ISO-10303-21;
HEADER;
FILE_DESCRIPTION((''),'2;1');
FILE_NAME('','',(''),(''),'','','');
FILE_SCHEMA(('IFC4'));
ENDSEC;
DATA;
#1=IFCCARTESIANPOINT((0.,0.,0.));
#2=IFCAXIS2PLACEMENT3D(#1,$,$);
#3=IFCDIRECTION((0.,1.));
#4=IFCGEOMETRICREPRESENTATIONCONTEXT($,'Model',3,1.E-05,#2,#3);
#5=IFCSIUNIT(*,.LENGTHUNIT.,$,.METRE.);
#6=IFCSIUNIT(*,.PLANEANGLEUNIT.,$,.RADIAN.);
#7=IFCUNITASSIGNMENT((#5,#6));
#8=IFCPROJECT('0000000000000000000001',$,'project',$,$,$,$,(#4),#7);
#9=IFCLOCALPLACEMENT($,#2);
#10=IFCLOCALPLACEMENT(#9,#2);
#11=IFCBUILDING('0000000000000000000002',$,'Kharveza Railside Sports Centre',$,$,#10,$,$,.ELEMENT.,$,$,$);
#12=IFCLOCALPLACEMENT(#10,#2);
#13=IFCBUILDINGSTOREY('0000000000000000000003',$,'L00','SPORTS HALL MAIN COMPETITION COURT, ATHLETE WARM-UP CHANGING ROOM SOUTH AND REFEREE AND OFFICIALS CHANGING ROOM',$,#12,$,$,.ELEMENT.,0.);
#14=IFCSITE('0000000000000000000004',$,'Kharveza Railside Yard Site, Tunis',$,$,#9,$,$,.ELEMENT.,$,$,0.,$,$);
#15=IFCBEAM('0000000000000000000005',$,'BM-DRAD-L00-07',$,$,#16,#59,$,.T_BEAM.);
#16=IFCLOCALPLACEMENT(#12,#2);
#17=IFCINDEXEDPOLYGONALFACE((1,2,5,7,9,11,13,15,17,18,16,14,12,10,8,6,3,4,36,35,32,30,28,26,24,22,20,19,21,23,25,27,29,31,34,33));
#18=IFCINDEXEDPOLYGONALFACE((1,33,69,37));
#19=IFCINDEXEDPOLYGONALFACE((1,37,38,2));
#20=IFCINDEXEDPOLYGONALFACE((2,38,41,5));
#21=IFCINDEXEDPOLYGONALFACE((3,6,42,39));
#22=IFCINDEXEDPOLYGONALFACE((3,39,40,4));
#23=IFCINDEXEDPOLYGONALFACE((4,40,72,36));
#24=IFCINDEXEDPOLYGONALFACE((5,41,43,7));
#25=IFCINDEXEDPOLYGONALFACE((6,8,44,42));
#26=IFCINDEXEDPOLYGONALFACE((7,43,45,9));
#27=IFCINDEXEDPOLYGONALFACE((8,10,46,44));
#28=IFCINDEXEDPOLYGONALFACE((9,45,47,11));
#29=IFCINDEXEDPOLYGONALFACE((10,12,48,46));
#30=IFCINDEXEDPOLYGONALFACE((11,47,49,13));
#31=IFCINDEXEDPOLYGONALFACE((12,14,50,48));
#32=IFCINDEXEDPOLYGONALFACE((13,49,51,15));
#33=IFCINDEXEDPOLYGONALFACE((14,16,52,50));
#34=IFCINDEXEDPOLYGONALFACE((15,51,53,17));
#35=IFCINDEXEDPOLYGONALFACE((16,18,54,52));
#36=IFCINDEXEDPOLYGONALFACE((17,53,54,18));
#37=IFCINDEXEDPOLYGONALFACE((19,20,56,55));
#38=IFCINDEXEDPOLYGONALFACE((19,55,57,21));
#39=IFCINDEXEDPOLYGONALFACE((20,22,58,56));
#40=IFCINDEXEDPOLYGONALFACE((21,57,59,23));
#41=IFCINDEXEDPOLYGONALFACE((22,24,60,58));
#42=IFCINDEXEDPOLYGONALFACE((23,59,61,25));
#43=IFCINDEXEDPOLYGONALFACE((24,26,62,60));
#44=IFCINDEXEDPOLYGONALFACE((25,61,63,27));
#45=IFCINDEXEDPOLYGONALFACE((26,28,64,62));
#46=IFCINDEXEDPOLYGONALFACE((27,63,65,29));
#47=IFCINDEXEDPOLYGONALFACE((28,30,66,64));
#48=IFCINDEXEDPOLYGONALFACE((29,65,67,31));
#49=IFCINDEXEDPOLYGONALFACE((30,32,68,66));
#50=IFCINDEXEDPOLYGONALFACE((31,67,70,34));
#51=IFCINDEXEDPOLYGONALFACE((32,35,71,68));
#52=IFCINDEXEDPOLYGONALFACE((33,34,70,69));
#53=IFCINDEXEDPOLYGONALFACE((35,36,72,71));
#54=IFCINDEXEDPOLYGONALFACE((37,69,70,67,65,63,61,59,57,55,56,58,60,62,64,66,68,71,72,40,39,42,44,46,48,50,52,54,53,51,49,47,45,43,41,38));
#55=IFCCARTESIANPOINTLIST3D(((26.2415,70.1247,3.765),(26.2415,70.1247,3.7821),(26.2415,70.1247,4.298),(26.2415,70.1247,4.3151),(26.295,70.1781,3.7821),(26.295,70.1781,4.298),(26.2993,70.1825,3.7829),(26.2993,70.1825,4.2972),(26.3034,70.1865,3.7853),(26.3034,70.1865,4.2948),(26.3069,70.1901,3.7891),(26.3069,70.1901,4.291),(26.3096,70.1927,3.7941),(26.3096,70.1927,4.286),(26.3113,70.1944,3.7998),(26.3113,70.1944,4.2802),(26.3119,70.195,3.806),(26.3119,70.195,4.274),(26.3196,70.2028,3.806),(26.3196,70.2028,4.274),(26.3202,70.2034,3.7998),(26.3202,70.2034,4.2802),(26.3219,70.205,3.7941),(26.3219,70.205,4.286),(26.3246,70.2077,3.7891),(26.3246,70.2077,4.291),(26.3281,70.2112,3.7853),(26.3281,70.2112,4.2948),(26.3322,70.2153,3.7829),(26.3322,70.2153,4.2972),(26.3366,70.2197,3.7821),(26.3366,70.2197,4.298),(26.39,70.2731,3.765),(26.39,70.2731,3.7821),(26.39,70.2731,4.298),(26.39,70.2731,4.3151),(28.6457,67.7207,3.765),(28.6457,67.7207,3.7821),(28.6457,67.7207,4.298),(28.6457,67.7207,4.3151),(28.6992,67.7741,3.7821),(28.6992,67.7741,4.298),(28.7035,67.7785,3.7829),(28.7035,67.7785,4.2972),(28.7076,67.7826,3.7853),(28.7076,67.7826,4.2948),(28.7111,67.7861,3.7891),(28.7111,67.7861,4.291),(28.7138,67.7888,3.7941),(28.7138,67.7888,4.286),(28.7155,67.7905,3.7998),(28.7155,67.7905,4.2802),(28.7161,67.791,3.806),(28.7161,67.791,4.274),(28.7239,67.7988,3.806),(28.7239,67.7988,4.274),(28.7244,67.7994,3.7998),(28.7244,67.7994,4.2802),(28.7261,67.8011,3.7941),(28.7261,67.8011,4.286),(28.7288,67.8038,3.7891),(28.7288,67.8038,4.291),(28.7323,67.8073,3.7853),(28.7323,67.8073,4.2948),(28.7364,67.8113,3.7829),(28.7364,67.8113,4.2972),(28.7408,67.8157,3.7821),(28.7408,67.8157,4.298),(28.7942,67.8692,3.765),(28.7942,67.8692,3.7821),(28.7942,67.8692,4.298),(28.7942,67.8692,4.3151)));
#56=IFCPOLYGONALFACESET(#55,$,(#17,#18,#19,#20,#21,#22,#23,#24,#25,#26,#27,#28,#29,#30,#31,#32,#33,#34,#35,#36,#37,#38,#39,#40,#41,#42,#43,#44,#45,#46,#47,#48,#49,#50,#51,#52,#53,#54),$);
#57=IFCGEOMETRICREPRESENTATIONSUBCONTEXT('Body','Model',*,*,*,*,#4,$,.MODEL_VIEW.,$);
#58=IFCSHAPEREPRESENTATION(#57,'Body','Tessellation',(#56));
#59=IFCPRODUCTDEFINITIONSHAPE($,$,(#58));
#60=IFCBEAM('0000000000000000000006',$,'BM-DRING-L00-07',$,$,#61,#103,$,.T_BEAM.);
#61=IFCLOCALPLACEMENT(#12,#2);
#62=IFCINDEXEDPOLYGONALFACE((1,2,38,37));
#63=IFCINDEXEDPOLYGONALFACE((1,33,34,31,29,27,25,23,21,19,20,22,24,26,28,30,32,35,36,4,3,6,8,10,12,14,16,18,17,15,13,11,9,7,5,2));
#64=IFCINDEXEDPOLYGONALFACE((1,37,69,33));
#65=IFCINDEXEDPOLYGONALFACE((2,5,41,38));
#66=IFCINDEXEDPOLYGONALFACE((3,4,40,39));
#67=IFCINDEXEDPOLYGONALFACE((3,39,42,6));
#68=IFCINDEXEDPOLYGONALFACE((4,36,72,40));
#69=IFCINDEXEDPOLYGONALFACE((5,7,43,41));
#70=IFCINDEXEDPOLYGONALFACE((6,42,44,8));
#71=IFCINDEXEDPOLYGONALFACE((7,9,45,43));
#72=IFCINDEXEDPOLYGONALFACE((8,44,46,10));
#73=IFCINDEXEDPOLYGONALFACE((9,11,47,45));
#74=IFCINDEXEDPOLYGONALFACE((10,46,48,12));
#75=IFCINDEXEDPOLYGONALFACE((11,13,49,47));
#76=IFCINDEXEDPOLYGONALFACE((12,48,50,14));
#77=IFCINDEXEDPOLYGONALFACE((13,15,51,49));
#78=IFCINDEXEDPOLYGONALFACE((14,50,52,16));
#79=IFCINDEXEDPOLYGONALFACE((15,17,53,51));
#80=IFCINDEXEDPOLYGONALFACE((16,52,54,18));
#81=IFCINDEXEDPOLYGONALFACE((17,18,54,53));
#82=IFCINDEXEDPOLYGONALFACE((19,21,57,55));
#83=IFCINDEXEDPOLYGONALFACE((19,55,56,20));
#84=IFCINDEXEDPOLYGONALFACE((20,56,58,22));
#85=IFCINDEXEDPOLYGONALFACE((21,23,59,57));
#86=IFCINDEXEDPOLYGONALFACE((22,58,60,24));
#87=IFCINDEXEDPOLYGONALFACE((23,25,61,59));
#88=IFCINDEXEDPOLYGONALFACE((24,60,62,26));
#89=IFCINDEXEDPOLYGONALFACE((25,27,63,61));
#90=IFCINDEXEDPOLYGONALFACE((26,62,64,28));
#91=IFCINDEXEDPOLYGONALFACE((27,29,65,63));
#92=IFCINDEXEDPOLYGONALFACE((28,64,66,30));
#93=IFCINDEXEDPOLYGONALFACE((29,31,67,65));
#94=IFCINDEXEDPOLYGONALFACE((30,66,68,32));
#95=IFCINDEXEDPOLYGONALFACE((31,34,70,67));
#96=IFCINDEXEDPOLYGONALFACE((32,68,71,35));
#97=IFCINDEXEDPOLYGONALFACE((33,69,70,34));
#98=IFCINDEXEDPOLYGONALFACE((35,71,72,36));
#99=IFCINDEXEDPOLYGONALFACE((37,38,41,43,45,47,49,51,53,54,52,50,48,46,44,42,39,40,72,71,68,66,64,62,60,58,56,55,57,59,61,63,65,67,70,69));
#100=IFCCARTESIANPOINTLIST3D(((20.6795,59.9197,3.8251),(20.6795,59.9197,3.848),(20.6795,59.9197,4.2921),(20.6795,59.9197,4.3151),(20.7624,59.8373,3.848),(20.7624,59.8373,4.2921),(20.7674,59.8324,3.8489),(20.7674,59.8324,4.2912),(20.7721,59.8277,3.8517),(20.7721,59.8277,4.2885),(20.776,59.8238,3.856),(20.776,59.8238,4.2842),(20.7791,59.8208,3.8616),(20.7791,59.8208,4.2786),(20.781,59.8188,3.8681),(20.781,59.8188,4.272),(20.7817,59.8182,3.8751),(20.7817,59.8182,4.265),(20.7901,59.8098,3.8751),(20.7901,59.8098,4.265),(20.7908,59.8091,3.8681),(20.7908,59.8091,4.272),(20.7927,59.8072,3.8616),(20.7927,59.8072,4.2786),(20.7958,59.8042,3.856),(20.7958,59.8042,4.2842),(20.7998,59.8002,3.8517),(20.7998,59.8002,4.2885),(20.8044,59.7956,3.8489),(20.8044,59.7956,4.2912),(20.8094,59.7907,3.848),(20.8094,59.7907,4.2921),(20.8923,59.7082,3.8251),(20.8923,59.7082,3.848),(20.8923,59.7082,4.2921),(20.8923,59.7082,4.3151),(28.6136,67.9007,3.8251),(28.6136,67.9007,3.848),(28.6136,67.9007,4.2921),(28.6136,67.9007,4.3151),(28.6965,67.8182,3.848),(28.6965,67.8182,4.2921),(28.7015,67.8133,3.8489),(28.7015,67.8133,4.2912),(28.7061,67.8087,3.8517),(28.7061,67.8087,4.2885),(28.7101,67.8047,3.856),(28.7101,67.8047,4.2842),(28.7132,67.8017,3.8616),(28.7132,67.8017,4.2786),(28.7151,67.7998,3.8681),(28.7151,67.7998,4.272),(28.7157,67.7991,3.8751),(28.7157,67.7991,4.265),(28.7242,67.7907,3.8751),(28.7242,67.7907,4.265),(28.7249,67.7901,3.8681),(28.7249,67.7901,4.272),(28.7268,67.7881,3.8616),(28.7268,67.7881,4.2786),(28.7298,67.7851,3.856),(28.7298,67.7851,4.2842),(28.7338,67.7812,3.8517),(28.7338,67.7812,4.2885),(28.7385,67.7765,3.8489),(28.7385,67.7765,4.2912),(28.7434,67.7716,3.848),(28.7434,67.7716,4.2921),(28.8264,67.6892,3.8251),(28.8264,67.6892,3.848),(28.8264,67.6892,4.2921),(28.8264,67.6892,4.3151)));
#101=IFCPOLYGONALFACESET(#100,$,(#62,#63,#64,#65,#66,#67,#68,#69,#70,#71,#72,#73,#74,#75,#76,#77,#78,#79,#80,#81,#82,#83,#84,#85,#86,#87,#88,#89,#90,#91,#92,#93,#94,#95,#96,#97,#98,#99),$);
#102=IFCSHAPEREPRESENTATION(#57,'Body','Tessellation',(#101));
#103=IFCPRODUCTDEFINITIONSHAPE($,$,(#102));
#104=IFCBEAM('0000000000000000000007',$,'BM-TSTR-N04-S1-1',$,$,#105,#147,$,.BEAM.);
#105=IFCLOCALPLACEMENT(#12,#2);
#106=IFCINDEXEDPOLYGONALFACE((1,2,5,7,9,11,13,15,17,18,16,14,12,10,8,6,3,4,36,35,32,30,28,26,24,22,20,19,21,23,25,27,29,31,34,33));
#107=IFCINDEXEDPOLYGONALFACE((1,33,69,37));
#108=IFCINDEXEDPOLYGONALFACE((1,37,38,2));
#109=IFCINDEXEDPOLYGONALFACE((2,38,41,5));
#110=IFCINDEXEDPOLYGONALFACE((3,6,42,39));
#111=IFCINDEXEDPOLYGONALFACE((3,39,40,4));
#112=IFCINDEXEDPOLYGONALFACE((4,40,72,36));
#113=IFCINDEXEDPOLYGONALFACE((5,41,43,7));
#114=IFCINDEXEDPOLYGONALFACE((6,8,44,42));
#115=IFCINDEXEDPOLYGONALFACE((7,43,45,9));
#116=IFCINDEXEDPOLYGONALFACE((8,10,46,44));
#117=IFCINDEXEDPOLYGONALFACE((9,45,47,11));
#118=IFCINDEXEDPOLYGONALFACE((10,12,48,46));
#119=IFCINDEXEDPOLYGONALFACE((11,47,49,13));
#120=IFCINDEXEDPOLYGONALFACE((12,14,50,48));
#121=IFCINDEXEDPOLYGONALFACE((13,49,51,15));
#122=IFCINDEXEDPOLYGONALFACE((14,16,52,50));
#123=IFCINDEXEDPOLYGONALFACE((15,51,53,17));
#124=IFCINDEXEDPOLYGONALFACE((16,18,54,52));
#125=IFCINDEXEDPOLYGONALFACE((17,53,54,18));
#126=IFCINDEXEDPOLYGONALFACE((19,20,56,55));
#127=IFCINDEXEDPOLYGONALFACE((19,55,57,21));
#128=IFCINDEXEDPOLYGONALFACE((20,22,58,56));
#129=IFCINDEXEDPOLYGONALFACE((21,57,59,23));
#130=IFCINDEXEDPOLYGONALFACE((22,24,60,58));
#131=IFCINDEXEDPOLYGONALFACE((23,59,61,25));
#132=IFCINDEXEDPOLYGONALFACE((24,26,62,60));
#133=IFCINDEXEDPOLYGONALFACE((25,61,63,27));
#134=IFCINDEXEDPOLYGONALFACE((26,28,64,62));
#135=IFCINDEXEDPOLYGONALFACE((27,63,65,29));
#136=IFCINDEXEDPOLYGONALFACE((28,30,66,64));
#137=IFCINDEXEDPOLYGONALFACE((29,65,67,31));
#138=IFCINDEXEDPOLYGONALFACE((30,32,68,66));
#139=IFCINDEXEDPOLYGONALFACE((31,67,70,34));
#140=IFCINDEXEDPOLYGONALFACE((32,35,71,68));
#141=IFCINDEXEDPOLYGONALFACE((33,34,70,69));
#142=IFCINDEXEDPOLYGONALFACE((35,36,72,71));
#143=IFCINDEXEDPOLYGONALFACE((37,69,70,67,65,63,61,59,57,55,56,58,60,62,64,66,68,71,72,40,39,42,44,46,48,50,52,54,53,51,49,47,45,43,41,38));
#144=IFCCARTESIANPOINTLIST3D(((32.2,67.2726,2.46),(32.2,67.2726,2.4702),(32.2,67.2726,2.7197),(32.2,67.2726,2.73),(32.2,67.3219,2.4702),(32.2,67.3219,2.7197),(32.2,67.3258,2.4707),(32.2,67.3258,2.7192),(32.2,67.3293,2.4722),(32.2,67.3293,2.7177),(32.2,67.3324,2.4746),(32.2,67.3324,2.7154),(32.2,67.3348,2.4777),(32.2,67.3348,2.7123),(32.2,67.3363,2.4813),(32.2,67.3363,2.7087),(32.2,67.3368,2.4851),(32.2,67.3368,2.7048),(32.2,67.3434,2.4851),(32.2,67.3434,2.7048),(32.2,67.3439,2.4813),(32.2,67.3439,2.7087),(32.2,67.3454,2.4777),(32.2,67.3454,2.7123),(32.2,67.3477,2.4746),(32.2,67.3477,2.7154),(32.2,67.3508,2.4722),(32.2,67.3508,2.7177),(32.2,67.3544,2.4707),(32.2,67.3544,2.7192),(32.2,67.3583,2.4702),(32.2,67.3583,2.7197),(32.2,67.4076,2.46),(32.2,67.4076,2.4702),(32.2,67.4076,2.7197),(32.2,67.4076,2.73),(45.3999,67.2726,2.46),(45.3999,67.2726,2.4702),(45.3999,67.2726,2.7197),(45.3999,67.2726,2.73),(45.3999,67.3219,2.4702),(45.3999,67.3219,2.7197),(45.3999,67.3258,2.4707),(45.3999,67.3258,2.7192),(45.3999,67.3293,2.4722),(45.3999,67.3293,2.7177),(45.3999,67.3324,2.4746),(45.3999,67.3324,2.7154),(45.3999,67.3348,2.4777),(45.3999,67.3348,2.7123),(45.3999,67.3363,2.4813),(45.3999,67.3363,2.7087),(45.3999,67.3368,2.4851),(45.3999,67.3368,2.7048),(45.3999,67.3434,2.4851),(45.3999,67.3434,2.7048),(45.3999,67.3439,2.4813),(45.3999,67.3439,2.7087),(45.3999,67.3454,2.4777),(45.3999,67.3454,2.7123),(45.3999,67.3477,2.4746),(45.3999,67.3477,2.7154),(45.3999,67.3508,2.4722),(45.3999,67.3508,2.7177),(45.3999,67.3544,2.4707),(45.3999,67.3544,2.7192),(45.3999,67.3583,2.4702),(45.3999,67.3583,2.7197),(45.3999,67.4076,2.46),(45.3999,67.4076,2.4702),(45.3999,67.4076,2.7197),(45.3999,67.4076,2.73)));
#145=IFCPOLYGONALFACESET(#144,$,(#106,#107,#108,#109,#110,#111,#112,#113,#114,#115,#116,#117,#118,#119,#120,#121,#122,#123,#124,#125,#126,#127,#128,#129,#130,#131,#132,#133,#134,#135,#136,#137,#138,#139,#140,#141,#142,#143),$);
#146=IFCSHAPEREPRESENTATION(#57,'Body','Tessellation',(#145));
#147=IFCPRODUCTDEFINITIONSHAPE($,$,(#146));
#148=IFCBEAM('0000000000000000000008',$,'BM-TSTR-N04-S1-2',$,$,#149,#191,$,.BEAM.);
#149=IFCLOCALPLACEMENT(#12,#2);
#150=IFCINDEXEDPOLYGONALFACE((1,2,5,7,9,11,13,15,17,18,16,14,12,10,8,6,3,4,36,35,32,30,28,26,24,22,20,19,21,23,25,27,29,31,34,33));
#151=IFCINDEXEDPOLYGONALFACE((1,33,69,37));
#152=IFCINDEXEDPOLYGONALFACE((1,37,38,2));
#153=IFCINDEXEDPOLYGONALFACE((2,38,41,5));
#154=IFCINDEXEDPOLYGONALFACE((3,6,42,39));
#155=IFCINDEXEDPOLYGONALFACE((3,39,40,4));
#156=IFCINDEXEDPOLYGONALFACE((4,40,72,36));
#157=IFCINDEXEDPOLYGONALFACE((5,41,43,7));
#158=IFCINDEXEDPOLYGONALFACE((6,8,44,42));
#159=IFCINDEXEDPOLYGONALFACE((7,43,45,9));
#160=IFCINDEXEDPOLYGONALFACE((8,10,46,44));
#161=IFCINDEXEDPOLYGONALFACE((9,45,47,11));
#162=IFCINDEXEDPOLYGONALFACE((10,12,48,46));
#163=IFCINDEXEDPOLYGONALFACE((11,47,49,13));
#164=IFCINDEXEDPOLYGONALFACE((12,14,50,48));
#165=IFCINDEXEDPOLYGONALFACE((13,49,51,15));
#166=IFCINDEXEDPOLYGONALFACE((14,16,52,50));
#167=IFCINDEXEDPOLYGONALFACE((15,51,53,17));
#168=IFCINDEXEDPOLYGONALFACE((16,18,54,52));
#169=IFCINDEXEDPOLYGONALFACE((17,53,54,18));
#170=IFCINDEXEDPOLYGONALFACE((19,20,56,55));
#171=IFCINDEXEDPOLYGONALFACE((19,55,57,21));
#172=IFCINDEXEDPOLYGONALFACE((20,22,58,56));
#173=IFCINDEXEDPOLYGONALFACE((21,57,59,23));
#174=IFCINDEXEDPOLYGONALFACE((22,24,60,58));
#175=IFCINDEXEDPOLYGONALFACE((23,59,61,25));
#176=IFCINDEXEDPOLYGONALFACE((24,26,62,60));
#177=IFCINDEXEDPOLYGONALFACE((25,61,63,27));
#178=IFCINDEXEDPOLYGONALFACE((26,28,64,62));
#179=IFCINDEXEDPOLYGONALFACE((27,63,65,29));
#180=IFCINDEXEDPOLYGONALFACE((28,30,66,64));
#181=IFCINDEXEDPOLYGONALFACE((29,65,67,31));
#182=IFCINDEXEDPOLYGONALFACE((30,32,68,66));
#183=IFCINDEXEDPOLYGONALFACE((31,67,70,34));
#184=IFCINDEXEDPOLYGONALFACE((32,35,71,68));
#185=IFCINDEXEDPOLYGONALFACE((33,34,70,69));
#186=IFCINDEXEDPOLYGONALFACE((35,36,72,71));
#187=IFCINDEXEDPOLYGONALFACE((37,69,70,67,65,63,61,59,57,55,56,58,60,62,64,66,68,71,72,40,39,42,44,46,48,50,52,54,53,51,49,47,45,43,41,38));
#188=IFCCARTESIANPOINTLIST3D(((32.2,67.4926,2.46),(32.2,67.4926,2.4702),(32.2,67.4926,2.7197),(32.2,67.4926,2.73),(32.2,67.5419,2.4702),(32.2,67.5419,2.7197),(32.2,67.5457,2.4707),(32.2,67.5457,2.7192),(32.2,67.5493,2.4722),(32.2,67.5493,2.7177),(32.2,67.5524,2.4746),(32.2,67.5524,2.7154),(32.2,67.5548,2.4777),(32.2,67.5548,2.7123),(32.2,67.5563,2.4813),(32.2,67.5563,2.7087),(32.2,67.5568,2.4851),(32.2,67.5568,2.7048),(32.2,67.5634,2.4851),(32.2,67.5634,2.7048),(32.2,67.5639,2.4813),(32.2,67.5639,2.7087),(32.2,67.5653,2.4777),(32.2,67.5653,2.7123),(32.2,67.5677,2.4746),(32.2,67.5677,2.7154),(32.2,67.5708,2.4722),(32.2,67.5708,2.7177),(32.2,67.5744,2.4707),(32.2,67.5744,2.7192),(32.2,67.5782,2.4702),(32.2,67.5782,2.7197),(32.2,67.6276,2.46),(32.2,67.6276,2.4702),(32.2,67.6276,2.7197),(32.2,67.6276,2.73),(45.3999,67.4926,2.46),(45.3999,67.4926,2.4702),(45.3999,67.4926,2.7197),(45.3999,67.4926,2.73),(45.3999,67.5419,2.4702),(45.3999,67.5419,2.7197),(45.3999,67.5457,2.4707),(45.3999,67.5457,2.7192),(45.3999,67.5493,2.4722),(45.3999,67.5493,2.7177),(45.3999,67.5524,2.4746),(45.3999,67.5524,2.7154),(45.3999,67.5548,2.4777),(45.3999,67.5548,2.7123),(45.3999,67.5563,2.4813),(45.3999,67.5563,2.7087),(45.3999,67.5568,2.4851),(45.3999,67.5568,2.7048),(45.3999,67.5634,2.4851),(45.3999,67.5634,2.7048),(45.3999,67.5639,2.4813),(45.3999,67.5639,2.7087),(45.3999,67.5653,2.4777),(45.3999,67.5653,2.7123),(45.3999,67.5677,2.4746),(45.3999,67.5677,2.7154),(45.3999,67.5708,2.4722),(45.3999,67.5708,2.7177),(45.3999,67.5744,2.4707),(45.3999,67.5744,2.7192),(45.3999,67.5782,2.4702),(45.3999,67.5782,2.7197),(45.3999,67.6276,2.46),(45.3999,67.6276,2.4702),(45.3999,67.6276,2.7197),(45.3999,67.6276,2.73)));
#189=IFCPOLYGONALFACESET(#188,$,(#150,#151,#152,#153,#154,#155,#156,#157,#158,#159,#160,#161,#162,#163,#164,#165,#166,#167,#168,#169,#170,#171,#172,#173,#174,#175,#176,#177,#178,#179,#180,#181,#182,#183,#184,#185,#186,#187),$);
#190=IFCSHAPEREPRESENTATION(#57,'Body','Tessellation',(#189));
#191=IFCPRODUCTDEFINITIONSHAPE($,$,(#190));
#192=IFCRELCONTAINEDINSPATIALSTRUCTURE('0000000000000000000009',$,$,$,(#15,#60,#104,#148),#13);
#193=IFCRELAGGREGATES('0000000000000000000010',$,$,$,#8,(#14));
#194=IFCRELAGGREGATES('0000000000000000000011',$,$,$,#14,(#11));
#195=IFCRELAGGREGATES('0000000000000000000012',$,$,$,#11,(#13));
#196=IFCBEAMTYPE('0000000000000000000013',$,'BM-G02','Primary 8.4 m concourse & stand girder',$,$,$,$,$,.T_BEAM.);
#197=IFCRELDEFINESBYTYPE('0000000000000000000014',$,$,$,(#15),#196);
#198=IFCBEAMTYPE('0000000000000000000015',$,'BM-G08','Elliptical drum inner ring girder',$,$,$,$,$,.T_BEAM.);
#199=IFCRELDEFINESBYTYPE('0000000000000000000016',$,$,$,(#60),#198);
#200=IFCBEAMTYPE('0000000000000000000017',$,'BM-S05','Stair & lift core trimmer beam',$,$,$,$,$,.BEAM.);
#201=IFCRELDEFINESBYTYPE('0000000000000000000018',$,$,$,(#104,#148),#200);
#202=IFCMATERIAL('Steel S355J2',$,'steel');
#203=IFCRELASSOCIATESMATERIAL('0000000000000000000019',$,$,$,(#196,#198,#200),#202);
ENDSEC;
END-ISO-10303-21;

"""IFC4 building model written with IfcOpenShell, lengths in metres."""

from ifc_helpers import new_model, si_unit, direction, frame, origin, origin_2d, place, context, subcontext, project, spatial, i_section, extrude, material, material_profile, profile_set, type_object, element, save


model = new_model("IFC4")

# Units and contexts
model_context = context("Model", 3, precision=1e-05, world=origin(), true_north=direction((0.0, 1.0)))
body_context = subcontext(model_context, "Body", "Model", "MODEL_VIEW")
ifc_project = project(units=[si_unit("LENGTHUNIT", "METRE"), si_unit("PLANEANGLEUNIT", "RADIAN")], contexts=[model_context])

# Site, building, storey
site_placement = place(None, origin())
site = spatial("IfcSite", under=ifc_project, at=site_placement, Name="Kharveza Railside Yard Site, Tunis", CompositionType="ELEMENT", RefElevation=0.0)
building_placement = place(site_placement, origin())
building = spatial("IfcBuilding", under=site, at=building_placement, Name="Kharveza Railside Sports Centre", CompositionType="ELEMENT")
storey_placement = place(building_placement, origin())
storey = spatial("IfcBuildingStorey", under=building, at=storey_placement, Name="L00", Description="SPORTS HALL MAIN COMPETITION COURT, ATHLETE WARM-UP CHANGING ROOM SOUTH AND REFEREE AND OFFICIALS CHANGING ROOM", CompositionType="ELEMENT", Elevation=0.0)

# Shared definitions
ifc_material_1 = material(Name="Steel S355J2", Category="steel")

# Beams
ifc_material_profile_1 = material_profile(ifc_material_1, i_section(OverallWidth=0.21, OverallDepth=0.55, WebThickness=0.011, FlangeThickness=0.0171, FilletRadius=0.0239, at=origin_2d()), Name="IPE 550")
ifc_profile_set_1 = profile_set([ifc_material_profile_1], Name="Steel S355J2")
beam_type_1 = type_object("IfcBeamType", Name="BM-G02", Description="Primary 8.4 m concourse & stand girder", PredefinedType="T_BEAM", material=ifc_profile_set_1)
beam_1_placement = place(storey_placement, frame((28.72, 67.7949, 4.04), z_axis=(-0.707143, 0.707071, 0.0), x_axis=(-0.707071, -0.707143, 0.0)))
element("IfcBeam", 1, at=beam_1_placement, inside=storey, type_object=beam_type_1, Name="BM-DRAD-L00-07", PredefinedType="T_BEAM", context=body_context, shape_type="SweptSolid", body=[
    extrude(i_section(OverallWidth=0.21, OverallDepth=0.55, WebThickness=0.011, FlangeThickness=0.0171, FilletRadius=0.0239, at=origin_2d()), origin(), (0.0, 0.0, 1.0), 3.3999),
])
ifc_material_profile_2 = material_profile(ifc_material_1, i_section(OverallWidth=0.3, OverallDepth=0.49, WebThickness=0.012, FlangeThickness=0.0229, FilletRadius=0.0271, at=origin_2d()), Name="HEA 500")
ifc_profile_set_2 = profile_set([ifc_material_profile_2], Name="Steel S355J2")
beam_type_2 = type_object("IfcBeamType", Name="BM-G08", Description="Elliptical drum inner ring girder", PredefinedType="T_BEAM", material=ifc_profile_set_2)
beam_2_placement = place(storey_placement, frame((28.72, 67.7949, 4.0701), z_axis=(-0.705021, -0.709186, 0.0), x_axis=(0.709186, -0.705021, 0.0)))
element("IfcBeam", 2, at=beam_2_placement, inside=storey, type_object=beam_type_2, Name="BM-DRING-L00-07", PredefinedType="T_BEAM", context=body_context, shape_type="SweptSolid", body=[
    extrude(i_section(OverallWidth=0.3, OverallDepth=0.49, WebThickness=0.012, FlangeThickness=0.0229, FilletRadius=0.0271, at=origin_2d()), origin(), (0.0, 0.0, 1.0), 11.2537),
])
ifc_material_profile_3 = material_profile(ifc_material_1, i_section(OverallWidth=0.135, OverallDepth=0.27, WebThickness=0.0066, FlangeThickness=0.0103, FilletRadius=0.0149, at=origin_2d()), Name="IPE 270")
ifc_profile_set_3 = profile_set([ifc_material_profile_3], Name="Steel S355J2")
beam_type_3 = type_object("IfcBeamType", Name="BM-S05", Description="Stair & lift core trimmer beam", PredefinedType="BEAM", material=ifc_profile_set_3)
for number, where, z_axis, x_axis, name in (
    (3, (32.2, 67.3401, 2.595), (1.0, 0.0, 0.0), (0.0, 1.0, 0.0), "BM-TSTR-N04-S1-1"),
    (4, (32.2, 67.5601, 2.595), (1.0, 0.0, 0.0), (0.0, 1.0, 0.0), "BM-TSTR-N04-S1-2"),
):
    element("IfcBeam", number, at=place(storey_placement, frame(where, z_axis=z_axis, x_axis=x_axis)), inside=storey, type_object=beam_type_3, Name=name, PredefinedType="BEAM", context=body_context, shape_type="SweptSolid", body=[
        extrude(i_section(OverallWidth=0.135, OverallDepth=0.27, WebThickness=0.0066, FlangeThickness=0.0103, FilletRadius=0.0149, at=origin_2d()), origin(), (0.0, 0.0, 1.0), 13.2),
    ])

save(model, "model.ifc")
